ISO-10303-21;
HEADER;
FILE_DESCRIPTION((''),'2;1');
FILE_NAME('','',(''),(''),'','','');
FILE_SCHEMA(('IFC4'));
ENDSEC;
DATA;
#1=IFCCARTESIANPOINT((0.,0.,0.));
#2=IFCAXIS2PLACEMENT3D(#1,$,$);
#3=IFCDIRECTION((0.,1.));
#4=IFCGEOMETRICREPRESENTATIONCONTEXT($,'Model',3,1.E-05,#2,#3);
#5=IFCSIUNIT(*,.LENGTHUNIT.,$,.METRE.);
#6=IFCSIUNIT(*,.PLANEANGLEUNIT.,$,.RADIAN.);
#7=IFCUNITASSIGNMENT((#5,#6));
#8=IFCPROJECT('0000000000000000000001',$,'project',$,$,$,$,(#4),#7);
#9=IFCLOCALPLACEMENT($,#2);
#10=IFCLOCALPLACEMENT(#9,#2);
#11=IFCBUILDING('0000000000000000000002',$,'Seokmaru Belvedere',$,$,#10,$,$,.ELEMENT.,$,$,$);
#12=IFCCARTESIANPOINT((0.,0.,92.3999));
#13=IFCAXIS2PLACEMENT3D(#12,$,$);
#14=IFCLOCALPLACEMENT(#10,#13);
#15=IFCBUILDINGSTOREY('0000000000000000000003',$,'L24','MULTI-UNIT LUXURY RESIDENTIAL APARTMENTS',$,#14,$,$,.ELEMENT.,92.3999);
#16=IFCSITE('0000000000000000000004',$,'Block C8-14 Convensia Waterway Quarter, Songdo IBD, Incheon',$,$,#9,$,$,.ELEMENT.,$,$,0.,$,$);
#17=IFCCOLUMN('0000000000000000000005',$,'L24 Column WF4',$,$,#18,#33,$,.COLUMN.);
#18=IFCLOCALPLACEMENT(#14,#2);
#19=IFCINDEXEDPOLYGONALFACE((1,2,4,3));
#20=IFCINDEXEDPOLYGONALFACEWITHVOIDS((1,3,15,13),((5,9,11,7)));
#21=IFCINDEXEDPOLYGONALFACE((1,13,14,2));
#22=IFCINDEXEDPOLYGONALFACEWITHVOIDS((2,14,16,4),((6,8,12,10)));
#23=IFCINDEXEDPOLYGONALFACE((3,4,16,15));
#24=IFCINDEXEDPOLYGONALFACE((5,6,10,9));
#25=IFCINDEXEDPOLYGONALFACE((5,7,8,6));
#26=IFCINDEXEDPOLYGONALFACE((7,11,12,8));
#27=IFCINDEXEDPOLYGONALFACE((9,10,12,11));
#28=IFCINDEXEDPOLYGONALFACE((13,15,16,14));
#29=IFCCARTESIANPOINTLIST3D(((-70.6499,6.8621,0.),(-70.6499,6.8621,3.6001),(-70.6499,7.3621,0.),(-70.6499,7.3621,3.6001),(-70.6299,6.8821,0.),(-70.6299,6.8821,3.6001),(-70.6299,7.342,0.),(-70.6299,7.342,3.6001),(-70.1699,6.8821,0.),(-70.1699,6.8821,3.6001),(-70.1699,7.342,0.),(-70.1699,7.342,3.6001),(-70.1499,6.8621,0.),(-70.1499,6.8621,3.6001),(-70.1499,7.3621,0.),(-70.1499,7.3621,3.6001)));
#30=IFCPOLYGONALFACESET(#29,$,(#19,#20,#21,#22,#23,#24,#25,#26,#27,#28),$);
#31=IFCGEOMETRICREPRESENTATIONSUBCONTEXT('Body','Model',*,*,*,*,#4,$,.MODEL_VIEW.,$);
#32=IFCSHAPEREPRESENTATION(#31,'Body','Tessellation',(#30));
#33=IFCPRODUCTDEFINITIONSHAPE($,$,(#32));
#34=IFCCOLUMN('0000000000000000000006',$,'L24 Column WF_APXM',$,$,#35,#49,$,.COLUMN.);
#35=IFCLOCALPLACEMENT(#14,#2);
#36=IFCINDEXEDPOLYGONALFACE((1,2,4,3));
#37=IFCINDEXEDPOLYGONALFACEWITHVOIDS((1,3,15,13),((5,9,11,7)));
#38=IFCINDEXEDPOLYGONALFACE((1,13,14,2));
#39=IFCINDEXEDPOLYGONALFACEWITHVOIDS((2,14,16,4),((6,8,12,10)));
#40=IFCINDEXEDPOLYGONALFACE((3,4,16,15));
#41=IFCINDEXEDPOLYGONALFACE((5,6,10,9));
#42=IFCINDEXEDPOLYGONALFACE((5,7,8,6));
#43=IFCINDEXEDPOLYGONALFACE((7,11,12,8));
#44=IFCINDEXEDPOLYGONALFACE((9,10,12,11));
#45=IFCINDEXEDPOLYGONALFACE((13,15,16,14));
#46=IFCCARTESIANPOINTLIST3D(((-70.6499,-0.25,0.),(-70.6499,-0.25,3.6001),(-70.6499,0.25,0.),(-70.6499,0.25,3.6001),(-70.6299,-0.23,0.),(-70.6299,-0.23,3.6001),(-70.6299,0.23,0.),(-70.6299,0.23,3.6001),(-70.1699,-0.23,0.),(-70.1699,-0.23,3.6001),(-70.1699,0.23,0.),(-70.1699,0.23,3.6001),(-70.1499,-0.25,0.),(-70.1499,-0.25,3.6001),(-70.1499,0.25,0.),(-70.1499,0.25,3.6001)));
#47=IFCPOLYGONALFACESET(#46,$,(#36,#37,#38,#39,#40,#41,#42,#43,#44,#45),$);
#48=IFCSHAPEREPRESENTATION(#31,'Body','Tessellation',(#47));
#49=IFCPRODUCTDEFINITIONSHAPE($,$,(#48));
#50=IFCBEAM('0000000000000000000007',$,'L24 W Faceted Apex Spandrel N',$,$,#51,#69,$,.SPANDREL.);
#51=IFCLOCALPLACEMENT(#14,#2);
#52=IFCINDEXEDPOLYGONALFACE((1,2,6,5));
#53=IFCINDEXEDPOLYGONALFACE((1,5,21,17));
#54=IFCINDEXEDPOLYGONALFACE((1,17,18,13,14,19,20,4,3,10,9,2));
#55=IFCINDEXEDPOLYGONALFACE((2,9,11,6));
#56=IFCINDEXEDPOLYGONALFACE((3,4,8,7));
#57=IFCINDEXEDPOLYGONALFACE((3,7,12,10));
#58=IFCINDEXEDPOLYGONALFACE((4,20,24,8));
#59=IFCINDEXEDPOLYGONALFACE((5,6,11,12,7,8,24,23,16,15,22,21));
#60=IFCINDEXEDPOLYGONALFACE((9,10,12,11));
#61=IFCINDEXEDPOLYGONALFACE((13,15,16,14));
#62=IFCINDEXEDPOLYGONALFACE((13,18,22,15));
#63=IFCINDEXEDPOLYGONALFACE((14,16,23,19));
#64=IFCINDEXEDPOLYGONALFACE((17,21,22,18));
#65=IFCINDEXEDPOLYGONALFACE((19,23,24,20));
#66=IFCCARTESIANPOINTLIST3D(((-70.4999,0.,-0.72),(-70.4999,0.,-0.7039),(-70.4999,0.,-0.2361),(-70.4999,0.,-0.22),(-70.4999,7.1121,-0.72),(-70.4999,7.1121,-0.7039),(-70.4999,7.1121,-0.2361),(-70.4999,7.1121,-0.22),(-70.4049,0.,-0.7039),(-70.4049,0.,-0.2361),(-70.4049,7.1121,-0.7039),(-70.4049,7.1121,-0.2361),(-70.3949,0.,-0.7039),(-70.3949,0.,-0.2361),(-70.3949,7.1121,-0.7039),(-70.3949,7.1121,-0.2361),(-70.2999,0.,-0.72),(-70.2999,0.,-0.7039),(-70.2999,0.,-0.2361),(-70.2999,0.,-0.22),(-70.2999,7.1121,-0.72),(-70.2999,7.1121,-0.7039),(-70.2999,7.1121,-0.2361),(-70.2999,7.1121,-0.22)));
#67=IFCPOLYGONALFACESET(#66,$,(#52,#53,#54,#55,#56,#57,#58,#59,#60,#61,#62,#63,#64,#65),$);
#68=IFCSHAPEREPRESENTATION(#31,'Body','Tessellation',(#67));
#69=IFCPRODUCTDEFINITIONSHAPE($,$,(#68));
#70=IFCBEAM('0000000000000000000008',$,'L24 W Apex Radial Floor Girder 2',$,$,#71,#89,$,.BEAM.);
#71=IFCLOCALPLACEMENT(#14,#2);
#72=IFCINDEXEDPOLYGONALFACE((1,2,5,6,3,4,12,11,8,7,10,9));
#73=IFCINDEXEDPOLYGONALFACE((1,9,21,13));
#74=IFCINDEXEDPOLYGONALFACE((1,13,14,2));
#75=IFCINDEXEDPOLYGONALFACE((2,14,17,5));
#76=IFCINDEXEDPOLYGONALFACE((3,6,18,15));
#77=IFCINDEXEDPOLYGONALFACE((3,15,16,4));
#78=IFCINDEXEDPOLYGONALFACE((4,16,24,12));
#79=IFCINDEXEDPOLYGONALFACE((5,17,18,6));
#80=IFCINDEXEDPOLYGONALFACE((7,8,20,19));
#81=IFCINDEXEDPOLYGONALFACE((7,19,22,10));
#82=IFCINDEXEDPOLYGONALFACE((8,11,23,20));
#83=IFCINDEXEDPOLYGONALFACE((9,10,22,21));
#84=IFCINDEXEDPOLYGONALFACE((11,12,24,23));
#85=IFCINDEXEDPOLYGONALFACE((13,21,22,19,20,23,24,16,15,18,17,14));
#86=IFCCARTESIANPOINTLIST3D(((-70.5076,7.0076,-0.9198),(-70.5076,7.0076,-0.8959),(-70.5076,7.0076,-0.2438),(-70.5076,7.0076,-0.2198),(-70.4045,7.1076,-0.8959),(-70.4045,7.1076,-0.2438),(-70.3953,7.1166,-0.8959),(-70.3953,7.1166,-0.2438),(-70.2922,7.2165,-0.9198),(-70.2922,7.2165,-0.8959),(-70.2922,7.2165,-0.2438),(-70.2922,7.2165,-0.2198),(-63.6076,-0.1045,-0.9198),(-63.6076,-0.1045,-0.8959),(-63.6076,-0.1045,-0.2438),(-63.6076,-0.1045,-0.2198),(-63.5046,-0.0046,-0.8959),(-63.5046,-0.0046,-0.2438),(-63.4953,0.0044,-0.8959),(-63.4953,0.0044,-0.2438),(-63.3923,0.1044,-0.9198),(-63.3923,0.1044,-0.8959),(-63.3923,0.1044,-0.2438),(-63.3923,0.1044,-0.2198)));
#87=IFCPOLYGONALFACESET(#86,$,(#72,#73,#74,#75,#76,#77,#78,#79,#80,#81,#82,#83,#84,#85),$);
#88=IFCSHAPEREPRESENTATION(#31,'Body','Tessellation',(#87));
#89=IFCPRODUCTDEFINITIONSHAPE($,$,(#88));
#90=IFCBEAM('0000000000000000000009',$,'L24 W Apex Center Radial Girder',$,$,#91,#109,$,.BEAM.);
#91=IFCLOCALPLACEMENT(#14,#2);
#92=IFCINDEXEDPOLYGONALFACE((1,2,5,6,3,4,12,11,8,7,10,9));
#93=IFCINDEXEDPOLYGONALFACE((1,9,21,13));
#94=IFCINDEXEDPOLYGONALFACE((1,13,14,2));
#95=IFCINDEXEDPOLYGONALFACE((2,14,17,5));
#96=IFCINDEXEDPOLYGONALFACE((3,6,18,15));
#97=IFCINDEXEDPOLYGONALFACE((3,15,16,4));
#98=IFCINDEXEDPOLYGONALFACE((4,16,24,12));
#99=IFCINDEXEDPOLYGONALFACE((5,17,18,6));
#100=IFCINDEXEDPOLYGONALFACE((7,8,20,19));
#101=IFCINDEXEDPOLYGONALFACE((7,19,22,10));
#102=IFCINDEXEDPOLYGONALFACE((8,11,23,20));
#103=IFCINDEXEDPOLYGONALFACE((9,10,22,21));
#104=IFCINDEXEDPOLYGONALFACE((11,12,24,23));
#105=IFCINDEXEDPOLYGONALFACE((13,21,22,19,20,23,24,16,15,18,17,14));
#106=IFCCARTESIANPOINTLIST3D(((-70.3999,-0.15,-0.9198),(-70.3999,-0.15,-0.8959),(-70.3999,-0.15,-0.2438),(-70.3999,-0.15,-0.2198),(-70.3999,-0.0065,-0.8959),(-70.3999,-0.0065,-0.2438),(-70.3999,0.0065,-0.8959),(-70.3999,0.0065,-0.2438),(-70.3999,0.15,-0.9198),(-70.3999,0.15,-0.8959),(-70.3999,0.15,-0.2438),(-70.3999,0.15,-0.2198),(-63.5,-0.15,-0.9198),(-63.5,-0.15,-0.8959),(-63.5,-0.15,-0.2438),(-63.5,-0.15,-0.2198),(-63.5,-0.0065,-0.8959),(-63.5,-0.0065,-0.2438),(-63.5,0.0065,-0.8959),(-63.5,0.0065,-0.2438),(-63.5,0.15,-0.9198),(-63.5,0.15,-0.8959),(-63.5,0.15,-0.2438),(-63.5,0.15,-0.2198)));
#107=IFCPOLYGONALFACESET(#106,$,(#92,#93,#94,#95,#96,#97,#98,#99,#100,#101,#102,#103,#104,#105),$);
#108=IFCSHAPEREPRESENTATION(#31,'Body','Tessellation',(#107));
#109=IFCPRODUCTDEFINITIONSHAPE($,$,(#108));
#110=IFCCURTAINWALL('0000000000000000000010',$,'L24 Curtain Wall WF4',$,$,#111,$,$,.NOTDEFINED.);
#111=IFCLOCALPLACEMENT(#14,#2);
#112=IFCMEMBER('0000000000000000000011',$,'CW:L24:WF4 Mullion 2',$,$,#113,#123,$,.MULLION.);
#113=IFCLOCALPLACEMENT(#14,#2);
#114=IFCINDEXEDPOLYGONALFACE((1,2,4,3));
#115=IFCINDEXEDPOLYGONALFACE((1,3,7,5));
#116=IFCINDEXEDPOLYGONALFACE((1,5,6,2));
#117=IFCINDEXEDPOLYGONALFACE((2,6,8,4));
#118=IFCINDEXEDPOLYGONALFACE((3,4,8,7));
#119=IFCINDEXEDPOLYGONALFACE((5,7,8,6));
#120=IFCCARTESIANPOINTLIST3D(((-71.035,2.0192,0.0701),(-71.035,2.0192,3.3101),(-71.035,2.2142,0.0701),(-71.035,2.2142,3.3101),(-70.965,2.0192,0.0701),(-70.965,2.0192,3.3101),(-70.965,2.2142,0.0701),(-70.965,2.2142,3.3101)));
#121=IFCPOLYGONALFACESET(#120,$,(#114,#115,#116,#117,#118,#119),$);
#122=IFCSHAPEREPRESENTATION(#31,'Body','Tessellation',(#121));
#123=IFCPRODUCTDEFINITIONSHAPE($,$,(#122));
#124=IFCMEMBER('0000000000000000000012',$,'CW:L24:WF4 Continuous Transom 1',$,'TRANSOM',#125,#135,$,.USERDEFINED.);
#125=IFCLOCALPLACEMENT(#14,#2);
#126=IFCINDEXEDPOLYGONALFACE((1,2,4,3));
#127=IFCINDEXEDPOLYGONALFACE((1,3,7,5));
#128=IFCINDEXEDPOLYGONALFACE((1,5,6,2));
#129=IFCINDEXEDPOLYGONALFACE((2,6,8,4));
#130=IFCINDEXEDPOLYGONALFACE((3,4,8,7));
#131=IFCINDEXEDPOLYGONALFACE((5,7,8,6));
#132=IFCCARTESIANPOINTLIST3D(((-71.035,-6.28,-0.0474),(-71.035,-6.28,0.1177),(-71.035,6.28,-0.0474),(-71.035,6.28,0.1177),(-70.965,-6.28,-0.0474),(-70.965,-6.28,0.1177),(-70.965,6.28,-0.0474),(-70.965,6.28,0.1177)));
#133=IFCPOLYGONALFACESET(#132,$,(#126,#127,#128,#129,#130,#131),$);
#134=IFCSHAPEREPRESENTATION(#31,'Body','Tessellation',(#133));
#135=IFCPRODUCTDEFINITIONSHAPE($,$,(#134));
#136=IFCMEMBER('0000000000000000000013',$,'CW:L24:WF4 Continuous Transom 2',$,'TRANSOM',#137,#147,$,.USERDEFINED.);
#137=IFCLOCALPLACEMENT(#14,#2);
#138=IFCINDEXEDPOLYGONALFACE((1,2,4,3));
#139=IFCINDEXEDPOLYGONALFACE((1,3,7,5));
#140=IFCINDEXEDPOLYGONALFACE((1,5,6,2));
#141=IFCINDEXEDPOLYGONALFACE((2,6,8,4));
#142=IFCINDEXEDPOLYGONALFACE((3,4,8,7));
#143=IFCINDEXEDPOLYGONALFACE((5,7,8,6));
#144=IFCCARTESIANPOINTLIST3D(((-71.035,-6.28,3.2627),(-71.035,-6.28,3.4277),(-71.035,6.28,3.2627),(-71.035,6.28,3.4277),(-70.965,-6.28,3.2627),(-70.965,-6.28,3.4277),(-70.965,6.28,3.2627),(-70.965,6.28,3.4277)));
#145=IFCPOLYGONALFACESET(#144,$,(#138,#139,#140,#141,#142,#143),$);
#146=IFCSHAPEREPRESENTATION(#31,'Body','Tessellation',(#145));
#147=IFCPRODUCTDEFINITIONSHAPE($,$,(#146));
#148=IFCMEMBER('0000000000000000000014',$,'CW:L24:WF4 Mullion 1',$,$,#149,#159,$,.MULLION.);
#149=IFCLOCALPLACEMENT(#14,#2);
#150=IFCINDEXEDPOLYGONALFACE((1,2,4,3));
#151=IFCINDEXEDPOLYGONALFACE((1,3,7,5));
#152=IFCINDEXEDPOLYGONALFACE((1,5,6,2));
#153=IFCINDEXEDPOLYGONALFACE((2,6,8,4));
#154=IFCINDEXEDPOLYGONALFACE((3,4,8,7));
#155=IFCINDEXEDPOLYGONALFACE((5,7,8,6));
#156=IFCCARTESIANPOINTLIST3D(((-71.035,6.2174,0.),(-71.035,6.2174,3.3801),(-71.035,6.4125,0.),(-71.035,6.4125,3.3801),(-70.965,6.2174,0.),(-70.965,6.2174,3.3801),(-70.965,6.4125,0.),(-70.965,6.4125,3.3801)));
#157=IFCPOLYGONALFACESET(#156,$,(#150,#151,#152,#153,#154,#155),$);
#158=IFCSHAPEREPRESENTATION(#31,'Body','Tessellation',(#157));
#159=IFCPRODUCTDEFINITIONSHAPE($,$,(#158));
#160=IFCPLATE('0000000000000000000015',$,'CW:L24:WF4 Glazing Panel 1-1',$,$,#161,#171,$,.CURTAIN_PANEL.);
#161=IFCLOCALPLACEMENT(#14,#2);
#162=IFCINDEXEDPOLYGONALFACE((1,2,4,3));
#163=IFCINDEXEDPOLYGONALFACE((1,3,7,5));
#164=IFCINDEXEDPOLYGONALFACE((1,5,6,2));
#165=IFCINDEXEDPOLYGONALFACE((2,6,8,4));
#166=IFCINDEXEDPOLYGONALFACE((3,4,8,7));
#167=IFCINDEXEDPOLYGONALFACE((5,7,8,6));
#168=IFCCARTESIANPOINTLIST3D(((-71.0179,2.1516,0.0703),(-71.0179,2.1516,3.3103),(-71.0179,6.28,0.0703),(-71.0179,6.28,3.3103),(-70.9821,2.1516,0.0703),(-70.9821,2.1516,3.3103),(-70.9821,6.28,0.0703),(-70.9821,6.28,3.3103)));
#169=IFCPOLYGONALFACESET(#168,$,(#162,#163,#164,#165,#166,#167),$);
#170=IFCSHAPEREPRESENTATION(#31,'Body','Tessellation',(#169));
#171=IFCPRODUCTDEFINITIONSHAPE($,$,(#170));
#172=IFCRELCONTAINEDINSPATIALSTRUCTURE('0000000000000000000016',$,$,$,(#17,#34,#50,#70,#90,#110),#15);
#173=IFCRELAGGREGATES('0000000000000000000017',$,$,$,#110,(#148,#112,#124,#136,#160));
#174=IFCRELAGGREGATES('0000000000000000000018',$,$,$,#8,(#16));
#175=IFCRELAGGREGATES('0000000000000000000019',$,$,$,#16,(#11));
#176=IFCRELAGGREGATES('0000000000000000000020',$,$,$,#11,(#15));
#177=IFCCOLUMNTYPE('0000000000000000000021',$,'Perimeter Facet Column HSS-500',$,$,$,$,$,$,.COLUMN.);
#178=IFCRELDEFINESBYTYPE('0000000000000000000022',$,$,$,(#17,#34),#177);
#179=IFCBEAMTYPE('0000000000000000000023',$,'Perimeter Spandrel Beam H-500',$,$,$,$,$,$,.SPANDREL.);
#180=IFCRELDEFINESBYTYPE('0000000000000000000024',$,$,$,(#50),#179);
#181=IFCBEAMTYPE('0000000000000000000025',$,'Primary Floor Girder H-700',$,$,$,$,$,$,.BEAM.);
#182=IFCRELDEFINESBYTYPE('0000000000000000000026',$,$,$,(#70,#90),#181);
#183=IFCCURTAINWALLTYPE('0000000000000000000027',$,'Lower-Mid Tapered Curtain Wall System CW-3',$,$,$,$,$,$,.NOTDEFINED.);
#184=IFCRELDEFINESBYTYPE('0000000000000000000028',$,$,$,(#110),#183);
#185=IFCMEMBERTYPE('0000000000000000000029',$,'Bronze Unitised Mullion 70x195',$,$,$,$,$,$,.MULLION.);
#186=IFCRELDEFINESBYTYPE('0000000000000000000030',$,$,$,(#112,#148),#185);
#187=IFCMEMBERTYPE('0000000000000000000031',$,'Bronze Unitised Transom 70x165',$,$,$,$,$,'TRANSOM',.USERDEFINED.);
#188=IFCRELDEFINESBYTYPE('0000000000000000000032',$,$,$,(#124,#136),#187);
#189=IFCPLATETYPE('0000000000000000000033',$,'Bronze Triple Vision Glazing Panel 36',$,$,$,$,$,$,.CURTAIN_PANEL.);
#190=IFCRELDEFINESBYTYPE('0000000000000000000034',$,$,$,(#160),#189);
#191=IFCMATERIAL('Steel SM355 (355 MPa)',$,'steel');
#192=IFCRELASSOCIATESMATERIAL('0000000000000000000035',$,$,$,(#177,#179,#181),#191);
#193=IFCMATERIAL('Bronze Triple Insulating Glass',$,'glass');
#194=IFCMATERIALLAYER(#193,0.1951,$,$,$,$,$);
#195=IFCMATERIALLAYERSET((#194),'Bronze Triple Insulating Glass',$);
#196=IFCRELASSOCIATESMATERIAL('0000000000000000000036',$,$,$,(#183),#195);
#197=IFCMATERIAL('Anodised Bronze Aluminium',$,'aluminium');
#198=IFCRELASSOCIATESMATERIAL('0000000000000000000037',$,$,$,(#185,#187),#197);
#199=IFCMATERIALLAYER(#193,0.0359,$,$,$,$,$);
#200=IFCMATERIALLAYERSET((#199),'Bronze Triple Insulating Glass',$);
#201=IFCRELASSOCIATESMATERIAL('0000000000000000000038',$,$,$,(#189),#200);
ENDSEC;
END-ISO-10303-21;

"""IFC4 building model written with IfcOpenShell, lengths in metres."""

from ifc_helpers import new_model, si_unit, direction, frame, origin, origin_2d, place, context, subcontext, project, spatial, rectangle, hollow_rectangle, i_section, extrude, source, transform, mapped, material, layer, layer_set, material_profile, profile_set, type_object, type_shapes, element, aggregate, save


model = new_model("IFC4")

# Units and contexts
model_context = context("Model", 3, precision=1e-05, world=origin(), true_north=direction((0.0, 1.0)))
body_context = subcontext(model_context, "Body", "Model", "MODEL_VIEW")
ifc_project = project(units=[si_unit("LENGTHUNIT", "METRE"), si_unit("PLANEANGLEUNIT", "RADIAN")], contexts=[model_context])

# Site, building, storey
site_placement = place(None, origin())
site = spatial("IfcSite", under=ifc_project, at=site_placement, Name="Block C8-14 Convensia Waterway Quarter, Songdo IBD, Incheon", CompositionType="ELEMENT", RefElevation=0.0)
building_placement = place(site_placement, origin())
building = spatial("IfcBuilding", under=site, at=building_placement, Name="Seokmaru Belvedere", CompositionType="ELEMENT")
storey_placement = place(building_placement, frame((0.0, 0.0, 92.3999)))
storey = spatial("IfcBuildingStorey", under=building, at=storey_placement, Name="L24", Description="MULTI-UNIT LUXURY RESIDENTIAL APARTMENTS", CompositionType="ELEMENT", Elevation=92.3999)

# Columns
ifc_material_1 = material(Name="Steel SM355 (355 MPa)", Category="steel")
ifc_material_profile_1 = material_profile(ifc_material_1, hollow_rectangle(XDim=0.5, YDim=0.5, WallThickness=0.02, at=origin_2d()), Name="HSS-500x500x20")
ifc_profile_set_1 = profile_set([ifc_material_profile_1], Name="Steel SM355 (355 MPa)")
column_type = type_object("IfcColumnType", Name="Perimeter Facet Column HSS-500", PredefinedType="COLUMN", material=ifc_profile_set_1)
shared_shape_1 = source(origin(), body_context, "Body", "SweptSolid", [
    extrude(hollow_rectangle(XDim=0.5, YDim=0.5, WallThickness=0.02, at=origin_2d()), origin(), (0.0, 0.0, 1.0), 3.6001),
])
type_shapes(column_type, [shared_shape_1])
for number, where, z_axis, x_axis, name in (
    (1, (-70.3999, 7.1121, 0.0), (0.0, 0.0, 1.0), (1.0, 0.0, 0.0), "L24 Column WF4"),
    (2, (-70.3999, 0.0, 0.0), (0.0, 0.0, 1.0), (1.0, 0.0, 0.0), "L24 Column WF_APXM"),
):
    element("IfcColumn", number, at=place(storey_placement, frame(where, z_axis=z_axis, x_axis=x_axis)), inside=storey, type_object=column_type, Name=name, PredefinedType="COLUMN", context=body_context, shape_type="MappedRepresentation", body=[
        mapped(shared_shape_1, transform((0.0, 0.0, 0.0), scale=1.0)),
    ])

# Beams
ifc_material_profile_2 = material_profile(ifc_material_1, i_section(OverallWidth=0.2, OverallDepth=0.5, WebThickness=0.01, FlangeThickness=0.0161, at=origin_2d()), Name="H-500x200x10x16")
ifc_profile_set_2 = profile_set([ifc_material_profile_2], Name="Steel SM355 (355 MPa)")
beam_type_1 = type_object("IfcBeamType", Name="Perimeter Spandrel Beam H-500", PredefinedType="SPANDREL", material=ifc_profile_set_2)
shared_shape_2 = source(origin(), body_context, "Body", "SweptSolid", [
    extrude(i_section(OverallWidth=0.2, OverallDepth=0.5, WebThickness=0.01, FlangeThickness=0.0161, at=origin_2d()), origin(), (0.0, 0.0, 1.0), 7.1121),
])
type_shapes(beam_type_1, [shared_shape_2])
beam_1_placement = place(storey_placement, frame((-70.3999, 0.0, -0.47), z_axis=(0.0, 1.0, 0.0), x_axis=(-1.0, 0.0, 0.0)))
element("IfcBeam", 3, at=beam_1_placement, inside=storey, type_object=beam_type_1, Name="L24 W Faceted Apex Spandrel N", PredefinedType="SPANDREL", context=body_context, shape_type="MappedRepresentation", body=[
    mapped(shared_shape_2, transform((0.0, 0.0, 0.0), scale=1.0)),
])
ifc_material_profile_3 = material_profile(ifc_material_1, i_section(OverallWidth=0.3, OverallDepth=0.7, WebThickness=0.0129, FlangeThickness=0.0239, at=origin_2d()), Name="H-700x300x13x24")
ifc_profile_set_3 = profile_set([ifc_material_profile_3], Name="Steel SM355 (355 MPa)")
beam_type_2 = type_object("IfcBeamType", Name="Primary Floor Girder H-700", PredefinedType="BEAM", material=ifc_profile_set_3)
shared_shape_3 = source(origin(), body_context, "Body", "SweptSolid", [
    extrude(i_section(OverallWidth=0.3, OverallDepth=0.7, WebThickness=0.0129, FlangeThickness=0.0239, at=origin_2d()), origin(), (0.0, 0.0, 1.0), 9.9092),
])
beam_2_placement = place(storey_placement, frame((-70.3999, 7.1121, -0.5698), z_axis=(0.696321, -0.717731, 0.0), x_axis=(0.717731, 0.696321, 0.0)))
element("IfcBeam", 4, at=beam_2_placement, inside=storey, type_object=beam_type_2, Name="L24 W Apex Radial Floor Girder 2", PredefinedType="BEAM", context=body_context, shape_type="MappedRepresentation", body=[
    mapped(shared_shape_3, transform((0.0, 0.0, 0.0), scale=1.0)),
])
shared_shape_4 = source(origin(), body_context, "Body", "SweptSolid", [
    extrude(i_section(OverallWidth=0.3, OverallDepth=0.7, WebThickness=0.0129, FlangeThickness=0.0239, at=origin_2d()), origin(), (0.0, 0.0, 1.0), 6.8999),
])
type_shapes(beam_type_2, [shared_shape_3, shared_shape_4])
beam_3_placement = place(storey_placement, frame((-70.3999, 0.0, -0.5698), z_axis=(1.0, 0.0, 0.0), x_axis=(0.0, 1.0, 0.0)))
element("IfcBeam", 5, at=beam_3_placement, inside=storey, type_object=beam_type_2, Name="L24 W Apex Center Radial Girder", PredefinedType="BEAM", context=body_context, shape_type="MappedRepresentation", body=[
    mapped(shared_shape_4, transform((0.0, 0.0, 0.0), scale=1.0)),
])

# Curtain wall, members, plate
ifc_material_2 = material(Name="Bronze Triple Insulating Glass", Category="glass")
ifc_layer_1 = layer(ifc_material_2, 0.1951)
ifc_layer_set_1 = layer_set([ifc_layer_1], Name="Bronze Triple Insulating Glass")
curtain_wall_type = type_object("IfcCurtainWallType", Name="Lower-Mid Tapered Curtain Wall System CW-3", PredefinedType="NOTDEFINED", material=ifc_layer_set_1)
curtain_wall_placement = place(storey_placement, origin())
curtain_wall = element("IfcCurtainWall", 6, at=curtain_wall_placement, inside=storey, type_object=curtain_wall_type, Name="L24 Curtain Wall WF4", PredefinedType="NOTDEFINED")
ifc_material_3 = material(Name="Anodised Bronze Aluminium", Category="aluminium")
ifc_material_profile_4 = material_profile(ifc_material_3, rectangle(XDim=0.0701, YDim=0.1951, at=origin_2d()), Name="CW-M-70x195")
ifc_profile_set_4 = profile_set([ifc_material_profile_4], Name="Anodised Bronze Aluminium")
member_type_1 = type_object("IfcMemberType", Name="Bronze Unitised Mullion 70x195", PredefinedType="MULLION", material=ifc_profile_set_4)
shared_shape_5 = source(origin(), body_context, "Body", "SweptSolid", [
    extrude(rectangle(XDim=0.0701, YDim=0.1951, at=origin_2d()), origin(), (0.0, 0.0, 1.0), 3.24),
])
member_1_placement = place(storey_placement, frame((-71.0, 2.1167, 0.0701), z_axis=(0.0, 0.0, 1.0), x_axis=(1.0, 0.0, 0.0)))
member_1 = element("IfcMember", 7, at=member_1_placement, type_object=member_type_1, Name="CW:L24:WF4 Mullion 2", PredefinedType="MULLION", context=body_context, shape_type="MappedRepresentation", body=[
    mapped(shared_shape_5, transform((0.0, 0.0, 0.0), scale=1.0)),
])
ifc_material_profile_5 = material_profile(ifc_material_3, rectangle(XDim=0.0701, YDim=0.165, at=origin_2d()), Name="CW-T-70x165")
ifc_profile_set_5 = profile_set([ifc_material_profile_5], Name="Anodised Bronze Aluminium")
member_type_2 = type_object("IfcMemberType", Name="Bronze Unitised Transom 70x165", ElementType="TRANSOM", PredefinedType="USERDEFINED", material=ifc_profile_set_5)
shared_shape_6 = source(origin(), body_context, "Body", "SweptSolid", [
    extrude(rectangle(XDim=0.0701, YDim=0.165, at=origin_2d()), origin(), (0.0, 0.0, 1.0), 12.5601),
])
type_shapes(member_type_2, [shared_shape_6])
member_2_placement = place(storey_placement, frame((-71.0, 6.28, 0.0352), z_axis=(0.0, -1.0, 0.0), x_axis=(1.0, 0.0, 0.0)))
member_2 = element("IfcMember", 8, at=member_2_placement, type_object=member_type_2, Name="CW:L24:WF4 Continuous Transom 1", ObjectType="TRANSOM", PredefinedType="USERDEFINED", context=body_context, shape_type="MappedRepresentation", body=[
    mapped(shared_shape_6, transform((0.0, 0.0, 0.0), scale=1.0)),
])
member_3_placement = place(storey_placement, frame((-71.0, 6.28, 3.3452), z_axis=(0.0, -1.0, 0.0), x_axis=(1.0, 0.0, 0.0)))
member_3 = element("IfcMember", 9, at=member_3_placement, type_object=member_type_2, Name="CW:L24:WF4 Continuous Transom 2", ObjectType="TRANSOM", PredefinedType="USERDEFINED", context=body_context, shape_type="MappedRepresentation", body=[
    mapped(shared_shape_6, transform((0.0, 0.0, 0.0), scale=1.0)),
])
shared_shape_7 = source(origin(), body_context, "Body", "SweptSolid", [
    extrude(rectangle(XDim=0.0701, YDim=0.1951, at=origin_2d()), origin(), (0.0, 0.0, 1.0), 3.3801),
])
type_shapes(member_type_1, [shared_shape_5, shared_shape_7])
member_4_placement = place(storey_placement, frame((-71.0, 6.3149, 0.0), z_axis=(0.0, 0.0, 1.0), x_axis=(1.0, 0.0, 0.0)))
member_4 = element("IfcMember", 10, at=member_4_placement, type_object=member_type_1, Name="CW:L24:WF4 Mullion 1", PredefinedType="MULLION", context=body_context, shape_type="MappedRepresentation", body=[
    mapped(shared_shape_7, transform((0.0, 0.0, 0.0), scale=1.0)),
])
ifc_layer_2 = layer(ifc_material_2, 0.0359)
ifc_layer_set_2 = layer_set([ifc_layer_2], Name="Bronze Triple Insulating Glass")
plate_type = type_object("IfcPlateType", Name="Bronze Triple Vision Glazing Panel 36", PredefinedType="CURTAIN_PANEL", material=ifc_layer_set_2)
shared_shape_8 = source(origin(), body_context, "Body", "SweptSolid", [
    extrude(rectangle(XDim=4.1284, YDim=0.0359, at=origin_2d()), origin(), (0.0, 0.0, 1.0), 3.24),
])
plate_1_placement = place(storey_placement, frame((-71.0, 4.2158, 0.0703), z_axis=(0.0, 0.0, 1.0), x_axis=(0.0, -1.0, 0.0)))
plate_1 = element("IfcPlate", 11, at=plate_1_placement, type_object=plate_type, Name="CW:L24:WF4 Glazing Panel 1-1", PredefinedType="CURTAIN_PANEL", context=body_context, shape_type="MappedRepresentation", body=[
    mapped(shared_shape_8, transform((0.0, 0.0, 0.0), scale=1.0)),
])
aggregate(curtain_wall, [member_4, member_1, member_2, member_3, plate_1])

save(model, "model.ifc")
